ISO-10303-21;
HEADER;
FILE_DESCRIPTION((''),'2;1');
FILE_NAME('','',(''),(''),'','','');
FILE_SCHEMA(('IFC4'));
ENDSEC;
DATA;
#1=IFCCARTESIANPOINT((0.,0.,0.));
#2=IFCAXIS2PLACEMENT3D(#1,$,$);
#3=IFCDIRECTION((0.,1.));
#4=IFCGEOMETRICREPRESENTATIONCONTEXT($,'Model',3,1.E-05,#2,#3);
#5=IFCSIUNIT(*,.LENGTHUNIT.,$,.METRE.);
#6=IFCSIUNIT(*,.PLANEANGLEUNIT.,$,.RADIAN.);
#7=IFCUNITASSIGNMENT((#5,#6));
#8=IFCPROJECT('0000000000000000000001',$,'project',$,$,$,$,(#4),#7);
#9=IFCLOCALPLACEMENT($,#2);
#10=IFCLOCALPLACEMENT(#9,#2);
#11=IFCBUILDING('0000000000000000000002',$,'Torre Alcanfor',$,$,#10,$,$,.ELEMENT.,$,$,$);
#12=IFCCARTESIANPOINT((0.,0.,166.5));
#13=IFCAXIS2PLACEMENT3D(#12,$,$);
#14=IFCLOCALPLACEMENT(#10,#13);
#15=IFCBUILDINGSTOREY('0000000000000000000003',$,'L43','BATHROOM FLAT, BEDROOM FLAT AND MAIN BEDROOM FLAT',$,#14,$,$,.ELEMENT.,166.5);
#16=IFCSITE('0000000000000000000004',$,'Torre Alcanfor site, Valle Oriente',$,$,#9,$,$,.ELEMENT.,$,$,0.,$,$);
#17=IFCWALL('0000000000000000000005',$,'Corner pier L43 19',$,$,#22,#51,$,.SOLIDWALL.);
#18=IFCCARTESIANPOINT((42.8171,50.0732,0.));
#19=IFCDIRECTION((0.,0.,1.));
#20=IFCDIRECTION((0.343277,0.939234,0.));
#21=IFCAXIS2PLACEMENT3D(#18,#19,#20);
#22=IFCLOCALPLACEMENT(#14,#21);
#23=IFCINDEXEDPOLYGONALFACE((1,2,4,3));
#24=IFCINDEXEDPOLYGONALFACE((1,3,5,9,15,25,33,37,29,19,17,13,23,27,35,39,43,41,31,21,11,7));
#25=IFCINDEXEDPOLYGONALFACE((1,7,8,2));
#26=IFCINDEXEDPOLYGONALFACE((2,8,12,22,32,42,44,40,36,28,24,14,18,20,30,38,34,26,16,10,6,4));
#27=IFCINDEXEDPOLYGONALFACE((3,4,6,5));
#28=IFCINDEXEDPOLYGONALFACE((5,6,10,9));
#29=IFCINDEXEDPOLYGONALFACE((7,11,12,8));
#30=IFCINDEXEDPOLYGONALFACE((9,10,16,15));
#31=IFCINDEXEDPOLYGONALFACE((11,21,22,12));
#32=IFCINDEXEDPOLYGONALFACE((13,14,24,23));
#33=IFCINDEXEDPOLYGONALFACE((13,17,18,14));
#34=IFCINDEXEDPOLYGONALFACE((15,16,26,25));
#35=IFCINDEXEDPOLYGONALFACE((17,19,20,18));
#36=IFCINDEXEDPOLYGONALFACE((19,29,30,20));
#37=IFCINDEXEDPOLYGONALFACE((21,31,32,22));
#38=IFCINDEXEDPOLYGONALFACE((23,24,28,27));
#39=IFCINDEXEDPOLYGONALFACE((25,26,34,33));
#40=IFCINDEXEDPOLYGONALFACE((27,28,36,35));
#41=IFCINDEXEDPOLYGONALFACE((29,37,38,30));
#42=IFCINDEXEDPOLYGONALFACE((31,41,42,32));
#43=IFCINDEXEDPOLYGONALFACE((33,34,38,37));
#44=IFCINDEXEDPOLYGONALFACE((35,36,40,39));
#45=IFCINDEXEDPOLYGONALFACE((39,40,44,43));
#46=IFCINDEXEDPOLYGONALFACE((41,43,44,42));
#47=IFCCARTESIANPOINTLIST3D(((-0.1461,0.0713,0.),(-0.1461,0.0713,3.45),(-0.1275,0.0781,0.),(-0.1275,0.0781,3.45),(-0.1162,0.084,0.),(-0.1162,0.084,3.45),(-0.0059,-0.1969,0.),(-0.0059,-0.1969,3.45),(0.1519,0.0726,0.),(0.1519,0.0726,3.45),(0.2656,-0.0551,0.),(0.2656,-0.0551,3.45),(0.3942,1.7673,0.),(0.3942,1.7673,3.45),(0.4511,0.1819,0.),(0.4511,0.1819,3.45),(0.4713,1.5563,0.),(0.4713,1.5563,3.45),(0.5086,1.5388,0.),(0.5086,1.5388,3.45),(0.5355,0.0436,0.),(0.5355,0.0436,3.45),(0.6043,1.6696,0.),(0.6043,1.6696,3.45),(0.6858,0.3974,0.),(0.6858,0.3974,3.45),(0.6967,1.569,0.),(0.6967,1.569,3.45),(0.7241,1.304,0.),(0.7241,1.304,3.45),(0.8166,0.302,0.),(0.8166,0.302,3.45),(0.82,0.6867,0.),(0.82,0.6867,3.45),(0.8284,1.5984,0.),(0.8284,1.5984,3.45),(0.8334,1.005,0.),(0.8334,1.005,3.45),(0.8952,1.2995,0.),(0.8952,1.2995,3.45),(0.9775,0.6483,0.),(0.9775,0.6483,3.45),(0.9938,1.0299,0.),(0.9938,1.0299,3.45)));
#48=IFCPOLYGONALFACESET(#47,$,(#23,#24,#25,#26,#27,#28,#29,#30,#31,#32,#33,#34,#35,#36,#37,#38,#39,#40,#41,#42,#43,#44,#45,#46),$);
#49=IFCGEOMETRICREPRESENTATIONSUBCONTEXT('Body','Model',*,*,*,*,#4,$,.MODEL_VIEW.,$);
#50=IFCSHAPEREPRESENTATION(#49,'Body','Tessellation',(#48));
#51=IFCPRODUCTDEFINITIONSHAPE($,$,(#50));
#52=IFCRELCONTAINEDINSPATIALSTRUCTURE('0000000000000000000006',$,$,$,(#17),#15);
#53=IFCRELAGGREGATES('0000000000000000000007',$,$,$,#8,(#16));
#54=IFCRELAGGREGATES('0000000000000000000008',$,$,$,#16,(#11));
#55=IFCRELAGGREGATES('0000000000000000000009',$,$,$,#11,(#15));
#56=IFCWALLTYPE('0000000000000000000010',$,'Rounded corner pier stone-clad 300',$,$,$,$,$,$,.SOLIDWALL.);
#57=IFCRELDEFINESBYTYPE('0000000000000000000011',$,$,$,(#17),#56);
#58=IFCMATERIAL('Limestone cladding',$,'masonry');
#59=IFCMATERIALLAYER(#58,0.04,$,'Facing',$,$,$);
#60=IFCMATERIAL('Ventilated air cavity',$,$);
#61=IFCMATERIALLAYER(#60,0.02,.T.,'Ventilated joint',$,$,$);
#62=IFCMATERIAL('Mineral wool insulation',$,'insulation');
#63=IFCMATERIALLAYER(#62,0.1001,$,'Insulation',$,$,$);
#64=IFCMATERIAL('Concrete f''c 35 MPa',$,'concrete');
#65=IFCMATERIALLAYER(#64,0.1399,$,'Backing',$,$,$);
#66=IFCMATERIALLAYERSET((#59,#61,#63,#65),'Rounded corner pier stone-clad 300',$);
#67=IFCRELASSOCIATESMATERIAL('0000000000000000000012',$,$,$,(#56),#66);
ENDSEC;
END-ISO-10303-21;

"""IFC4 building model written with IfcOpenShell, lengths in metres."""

from ifc_helpers import new_model, si_unit, direction, frame, origin, place, context, subcontext, project, spatial, polyline, outline, extrude, material, layer, layer_set, type_object, element, save


model = new_model("IFC4")

# Units and contexts
model_context = context("Model", 3, precision=1e-05, world=origin(), true_north=direction((0.0, 1.0)))
body_context = subcontext(model_context, "Body", "Model", "MODEL_VIEW")
ifc_project = project(units=[si_unit("LENGTHUNIT", "METRE"), si_unit("PLANEANGLEUNIT", "RADIAN")], contexts=[model_context])

# Site, building, storey
site_placement = place(None, origin())
site = spatial("IfcSite", under=ifc_project, at=site_placement, Name="Torre Alcanfor site, Valle Oriente", CompositionType="ELEMENT", RefElevation=0.0)
building_placement = place(site_placement, origin())
building = spatial("IfcBuilding", under=site, at=building_placement, Name="Torre Alcanfor", CompositionType="ELEMENT")
storey_placement = place(building_placement, frame((0.0, 0.0, 166.5)))
storey = spatial("IfcBuildingStorey", under=building, at=storey_placement, Name="L43", Description="BATHROOM FLAT, BEDROOM FLAT AND MAIN BEDROOM FLAT", CompositionType="ELEMENT", Elevation=166.5)

# Shared definitions
ifc_material_1 = material(Name="Limestone cladding", Category="masonry")
ifc_material_2 = material(Name="Ventilated air cavity")
ifc_material_3 = material(Name="Mineral wool insulation", Category="insulation")
ifc_material_4 = material(Name="Concrete f'c 35 MPa", Category="concrete")

# Wall
ifc_layer_1 = layer(ifc_material_1, 0.04, Name="Facing")
ifc_layer_2 = layer(ifc_material_2, 0.02, ventilated=True, Name="Ventilated joint")
ifc_layer_3 = layer(ifc_material_3, 0.1001, Name="Insulation")
ifc_layer_4 = layer(ifc_material_4, 0.1399, Name="Backing")
ifc_layer_set_1 = layer_set([ifc_layer_1, ifc_layer_2, ifc_layer_3, ifc_layer_4], Name="Rounded corner pier stone-clad 300")
wall_type_1 = type_object("IfcWallType", Name="Rounded corner pier stone-clad 300", PredefinedType="SOLIDWALL", material=ifc_layer_set_1)
wall_1_placement = place(storey_placement, frame((42.8171, 50.0732, 0.0), z_axis=(0.0, 0.0, 1.0), x_axis=(0.343277, 0.939234, 0.0)))
element("IfcWall", 1, at=wall_1_placement, inside=storey, type_object=wall_type_1, Name="Corner pier L43 19", PredefinedType="SOLIDWALL", context=body_context, shape_type="SweptSolid", body=[
    extrude(outline(polyline([(0.2656, -0.0551), (0.5355, 0.0436), (0.8166, 0.302), (0.9775, 0.6483), (0.9938, 1.0299), (0.8952, 1.2995), (0.8284, 1.5984), (0.6967, 1.569), (0.6043, 1.6696), (0.3942, 1.7673), (0.4713, 1.5563), (0.5086, 1.5388), (0.7241, 1.304), (0.8334, 1.005), (0.82, 0.6867), (0.6858, 0.3974), (0.4511, 0.1819), (0.1519, 0.0726), (-0.1162, 0.084), (-0.1275, 0.0781), (-0.1461, 0.0713), (-0.0059, -0.1969), (0.2656, -0.0551)])), origin(), (0.0, 0.0, 1.0), 3.45),
])

save(model, "model.ifc")
